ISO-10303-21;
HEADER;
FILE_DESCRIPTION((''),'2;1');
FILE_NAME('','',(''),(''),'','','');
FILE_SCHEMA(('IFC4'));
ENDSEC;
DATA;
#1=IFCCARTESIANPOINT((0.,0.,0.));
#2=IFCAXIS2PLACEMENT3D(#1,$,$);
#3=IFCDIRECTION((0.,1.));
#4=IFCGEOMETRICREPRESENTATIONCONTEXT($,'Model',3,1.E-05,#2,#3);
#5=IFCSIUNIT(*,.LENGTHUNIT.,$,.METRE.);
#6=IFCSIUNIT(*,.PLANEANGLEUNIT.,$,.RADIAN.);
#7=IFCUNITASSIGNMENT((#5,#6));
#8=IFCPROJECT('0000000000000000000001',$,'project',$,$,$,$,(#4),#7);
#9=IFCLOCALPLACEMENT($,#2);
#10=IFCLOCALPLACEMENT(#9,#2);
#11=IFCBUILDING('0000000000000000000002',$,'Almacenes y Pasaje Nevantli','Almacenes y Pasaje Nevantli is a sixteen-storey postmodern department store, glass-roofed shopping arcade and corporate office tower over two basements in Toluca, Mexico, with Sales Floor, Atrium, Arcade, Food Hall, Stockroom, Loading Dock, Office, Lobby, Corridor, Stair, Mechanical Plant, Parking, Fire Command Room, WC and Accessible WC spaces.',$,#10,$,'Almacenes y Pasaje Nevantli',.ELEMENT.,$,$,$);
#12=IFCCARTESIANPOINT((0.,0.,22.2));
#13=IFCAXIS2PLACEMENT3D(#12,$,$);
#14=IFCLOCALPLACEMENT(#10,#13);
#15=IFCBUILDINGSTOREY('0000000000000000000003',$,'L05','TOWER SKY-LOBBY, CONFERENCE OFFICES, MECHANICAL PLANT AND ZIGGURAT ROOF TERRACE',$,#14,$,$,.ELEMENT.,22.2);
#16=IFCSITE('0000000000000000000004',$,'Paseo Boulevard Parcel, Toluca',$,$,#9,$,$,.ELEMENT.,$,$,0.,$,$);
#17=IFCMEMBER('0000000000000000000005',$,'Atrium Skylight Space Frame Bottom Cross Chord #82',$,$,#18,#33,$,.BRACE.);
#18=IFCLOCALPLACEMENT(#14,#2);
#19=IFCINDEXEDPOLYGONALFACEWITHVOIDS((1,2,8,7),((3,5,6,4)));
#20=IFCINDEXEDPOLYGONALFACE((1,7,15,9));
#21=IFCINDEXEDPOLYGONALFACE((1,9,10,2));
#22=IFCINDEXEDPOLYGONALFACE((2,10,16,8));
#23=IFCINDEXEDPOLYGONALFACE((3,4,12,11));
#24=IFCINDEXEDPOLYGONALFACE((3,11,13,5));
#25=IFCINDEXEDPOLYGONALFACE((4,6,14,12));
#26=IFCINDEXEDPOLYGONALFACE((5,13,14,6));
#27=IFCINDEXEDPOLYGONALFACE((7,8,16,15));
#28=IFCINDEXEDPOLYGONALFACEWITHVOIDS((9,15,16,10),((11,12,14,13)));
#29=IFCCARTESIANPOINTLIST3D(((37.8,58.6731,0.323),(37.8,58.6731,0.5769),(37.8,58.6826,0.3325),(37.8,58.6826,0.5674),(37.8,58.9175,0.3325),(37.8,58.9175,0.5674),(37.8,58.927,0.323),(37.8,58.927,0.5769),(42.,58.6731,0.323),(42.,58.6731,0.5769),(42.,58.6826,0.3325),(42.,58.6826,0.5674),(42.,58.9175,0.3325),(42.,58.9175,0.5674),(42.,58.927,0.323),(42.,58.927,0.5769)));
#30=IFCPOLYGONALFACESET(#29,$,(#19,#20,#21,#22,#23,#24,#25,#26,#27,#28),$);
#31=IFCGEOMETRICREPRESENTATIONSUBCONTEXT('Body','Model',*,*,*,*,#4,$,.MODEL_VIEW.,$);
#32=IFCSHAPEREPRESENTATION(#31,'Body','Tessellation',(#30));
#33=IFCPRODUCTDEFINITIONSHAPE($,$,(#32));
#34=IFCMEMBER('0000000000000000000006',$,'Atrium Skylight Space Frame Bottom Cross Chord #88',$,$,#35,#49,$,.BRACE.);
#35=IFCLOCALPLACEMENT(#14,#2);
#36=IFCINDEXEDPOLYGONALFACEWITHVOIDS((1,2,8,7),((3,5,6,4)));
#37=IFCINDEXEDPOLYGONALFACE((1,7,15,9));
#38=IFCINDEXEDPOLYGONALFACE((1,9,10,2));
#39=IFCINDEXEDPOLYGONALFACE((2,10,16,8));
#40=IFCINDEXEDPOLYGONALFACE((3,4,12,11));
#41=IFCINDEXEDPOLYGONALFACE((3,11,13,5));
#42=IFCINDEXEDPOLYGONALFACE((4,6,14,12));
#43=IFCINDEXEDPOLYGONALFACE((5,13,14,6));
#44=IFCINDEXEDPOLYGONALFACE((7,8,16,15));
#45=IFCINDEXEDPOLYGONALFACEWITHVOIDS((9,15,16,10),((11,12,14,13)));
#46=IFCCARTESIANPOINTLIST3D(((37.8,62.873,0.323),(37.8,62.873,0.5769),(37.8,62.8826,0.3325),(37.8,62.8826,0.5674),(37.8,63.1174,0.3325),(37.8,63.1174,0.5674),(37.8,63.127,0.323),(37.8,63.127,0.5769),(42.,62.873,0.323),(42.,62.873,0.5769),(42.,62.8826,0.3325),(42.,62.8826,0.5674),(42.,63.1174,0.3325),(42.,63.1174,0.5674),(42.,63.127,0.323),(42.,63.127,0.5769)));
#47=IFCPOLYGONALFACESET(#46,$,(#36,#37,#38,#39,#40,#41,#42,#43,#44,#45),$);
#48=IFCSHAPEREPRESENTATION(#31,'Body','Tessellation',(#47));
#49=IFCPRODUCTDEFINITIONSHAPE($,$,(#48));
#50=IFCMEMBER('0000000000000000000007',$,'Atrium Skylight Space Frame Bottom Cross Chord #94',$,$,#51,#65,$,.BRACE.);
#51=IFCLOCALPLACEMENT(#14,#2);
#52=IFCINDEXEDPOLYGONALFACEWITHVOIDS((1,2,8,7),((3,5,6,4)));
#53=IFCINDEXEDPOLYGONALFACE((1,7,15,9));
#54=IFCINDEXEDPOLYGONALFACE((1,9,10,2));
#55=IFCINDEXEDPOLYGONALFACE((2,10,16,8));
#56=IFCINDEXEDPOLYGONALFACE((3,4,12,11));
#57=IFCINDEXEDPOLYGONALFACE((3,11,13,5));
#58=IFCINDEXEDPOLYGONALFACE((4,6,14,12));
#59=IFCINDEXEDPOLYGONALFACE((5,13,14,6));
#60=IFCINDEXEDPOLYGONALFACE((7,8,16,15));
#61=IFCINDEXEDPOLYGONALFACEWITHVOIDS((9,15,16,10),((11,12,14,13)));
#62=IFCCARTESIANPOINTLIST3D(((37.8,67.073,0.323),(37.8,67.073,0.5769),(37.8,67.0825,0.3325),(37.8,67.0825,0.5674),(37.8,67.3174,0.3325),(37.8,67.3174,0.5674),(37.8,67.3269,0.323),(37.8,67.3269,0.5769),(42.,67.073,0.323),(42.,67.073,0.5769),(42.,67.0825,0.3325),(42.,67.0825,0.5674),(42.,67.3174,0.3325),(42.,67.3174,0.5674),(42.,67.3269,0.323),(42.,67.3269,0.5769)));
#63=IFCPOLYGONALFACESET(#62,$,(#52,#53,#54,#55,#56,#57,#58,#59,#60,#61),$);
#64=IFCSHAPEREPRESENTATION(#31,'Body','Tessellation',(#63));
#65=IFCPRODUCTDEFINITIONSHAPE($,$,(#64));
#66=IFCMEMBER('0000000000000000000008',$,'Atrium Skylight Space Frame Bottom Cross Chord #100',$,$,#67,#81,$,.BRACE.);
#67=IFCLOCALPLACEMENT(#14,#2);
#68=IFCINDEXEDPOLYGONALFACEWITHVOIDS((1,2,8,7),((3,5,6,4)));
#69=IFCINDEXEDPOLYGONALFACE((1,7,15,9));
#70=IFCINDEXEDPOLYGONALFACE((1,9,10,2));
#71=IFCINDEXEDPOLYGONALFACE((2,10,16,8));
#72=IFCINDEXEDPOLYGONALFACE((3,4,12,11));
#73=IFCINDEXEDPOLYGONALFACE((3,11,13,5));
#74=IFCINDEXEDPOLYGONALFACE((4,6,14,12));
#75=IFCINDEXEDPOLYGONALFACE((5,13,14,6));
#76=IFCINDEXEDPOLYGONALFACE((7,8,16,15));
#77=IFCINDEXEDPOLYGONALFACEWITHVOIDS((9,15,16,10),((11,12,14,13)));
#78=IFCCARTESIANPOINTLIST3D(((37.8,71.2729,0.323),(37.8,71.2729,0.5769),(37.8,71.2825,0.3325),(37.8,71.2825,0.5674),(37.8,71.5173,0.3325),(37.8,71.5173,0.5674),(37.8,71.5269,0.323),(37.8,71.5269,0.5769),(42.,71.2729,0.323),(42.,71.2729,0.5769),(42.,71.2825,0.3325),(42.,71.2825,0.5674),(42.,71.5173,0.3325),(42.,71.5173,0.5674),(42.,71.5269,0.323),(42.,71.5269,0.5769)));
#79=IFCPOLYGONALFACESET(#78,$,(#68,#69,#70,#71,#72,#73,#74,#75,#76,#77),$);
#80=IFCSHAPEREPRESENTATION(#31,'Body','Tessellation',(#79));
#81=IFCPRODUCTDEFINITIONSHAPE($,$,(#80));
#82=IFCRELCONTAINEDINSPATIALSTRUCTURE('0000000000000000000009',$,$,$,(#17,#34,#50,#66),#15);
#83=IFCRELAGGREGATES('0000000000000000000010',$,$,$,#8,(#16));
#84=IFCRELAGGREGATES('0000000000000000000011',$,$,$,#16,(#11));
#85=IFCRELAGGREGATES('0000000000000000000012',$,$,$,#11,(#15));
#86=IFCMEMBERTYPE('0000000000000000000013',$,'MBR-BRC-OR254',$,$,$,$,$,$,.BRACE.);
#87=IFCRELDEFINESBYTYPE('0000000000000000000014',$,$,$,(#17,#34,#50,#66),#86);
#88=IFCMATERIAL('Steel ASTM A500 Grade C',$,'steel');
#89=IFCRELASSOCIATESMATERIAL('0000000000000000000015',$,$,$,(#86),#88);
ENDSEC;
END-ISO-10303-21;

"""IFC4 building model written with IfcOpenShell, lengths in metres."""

from ifc_helpers import new_model, si_unit, direction, frame, origin, origin_2d, place, context, subcontext, project, spatial, hollow_rectangle, extrude, material, material_profile, profile_set, type_object, element, save


model = new_model("IFC4")

# Units and contexts
model_context = context("Model", 3, precision=1e-05, world=origin(), true_north=direction((0.0, 1.0)))
body_context = subcontext(model_context, "Body", "Model", "MODEL_VIEW")
ifc_project = project(units=[si_unit("LENGTHUNIT", "METRE"), si_unit("PLANEANGLEUNIT", "RADIAN")], contexts=[model_context])

# Site, building, storey
site_placement = place(None, origin())
site = spatial("IfcSite", under=ifc_project, at=site_placement, Name="Paseo Boulevard Parcel, Toluca", CompositionType="ELEMENT", RefElevation=0.0)
building_placement = place(site_placement, origin())
building = spatial("IfcBuilding", under=site, at=building_placement, Name="Almacenes y Pasaje Nevantli", Description="Almacenes y Pasaje Nevantli is a sixteen-storey postmodern department store, glass-roofed shopping arcade and corporate office tower over two basements in Toluca, Mexico, with Sales Floor, Atrium, Arcade, Food Hall, Stockroom, Loading Dock, Office, Lobby, Corridor, Stair, Mechanical Plant, Parking, Fire Command Room, WC and Accessible WC spaces.", LongName="Almacenes y Pasaje Nevantli", CompositionType="ELEMENT")
storey_placement = place(building_placement, frame((0.0, 0.0, 22.2)))
storey = spatial("IfcBuildingStorey", under=building, at=storey_placement, Name="L05", Description="TOWER SKY-LOBBY, CONFERENCE OFFICES, MECHANICAL PLANT AND ZIGGURAT ROOF TERRACE", CompositionType="ELEMENT", Elevation=22.2)

# Members
ifc_material_1 = material(Name="Steel ASTM A500 Grade C", Category="steel")
ifc_material_profile_1 = material_profile(ifc_material_1, hollow_rectangle(XDim=0.2539, YDim=0.2539, WallThickness=0.0095, at=origin_2d()), Name="OR 254x254x9.5")
ifc_profile_set_1 = profile_set([ifc_material_profile_1], Name="Steel ASTM A500 Grade C")
member_type_1 = type_object("IfcMemberType", Name="MBR-BRC-OR254", PredefinedType="BRACE", material=ifc_profile_set_1)
for number, where, z_axis, x_axis, name in (
    (1, (37.8, 58.8, 0.45), (1.0, 0.0, 0.0), (0.0, 1.0, 0.0), "Atrium Skylight Space Frame Bottom Cross Chord #82"),
    (2, (37.8, 63.0, 0.45), (1.0, 0.0, 0.0), (0.0, 1.0, 0.0), "Atrium Skylight Space Frame Bottom Cross Chord #88"),
    (3, (37.8, 67.2, 0.45), (1.0, 0.0, 0.0), (0.0, 1.0, 0.0), "Atrium Skylight Space Frame Bottom Cross Chord #94"),
    (4, (37.8, 71.3999, 0.45), (1.0, 0.0, 0.0), (0.0, 1.0, 0.0), "Atrium Skylight Space Frame Bottom Cross Chord #100"),
):
    element("IfcMember", number, at=place(storey_placement, frame(where, z_axis=z_axis, x_axis=x_axis)), inside=storey, type_object=member_type_1, Name=name, PredefinedType="BRACE", context=body_context, shape_type="SweptSolid", body=[
        extrude(hollow_rectangle(XDim=0.2539, YDim=0.2539, WallThickness=0.0095, at=origin_2d()), origin(), (0.0, 0.0, 1.0), 4.2),
    ])

save(model, "model.ifc")
